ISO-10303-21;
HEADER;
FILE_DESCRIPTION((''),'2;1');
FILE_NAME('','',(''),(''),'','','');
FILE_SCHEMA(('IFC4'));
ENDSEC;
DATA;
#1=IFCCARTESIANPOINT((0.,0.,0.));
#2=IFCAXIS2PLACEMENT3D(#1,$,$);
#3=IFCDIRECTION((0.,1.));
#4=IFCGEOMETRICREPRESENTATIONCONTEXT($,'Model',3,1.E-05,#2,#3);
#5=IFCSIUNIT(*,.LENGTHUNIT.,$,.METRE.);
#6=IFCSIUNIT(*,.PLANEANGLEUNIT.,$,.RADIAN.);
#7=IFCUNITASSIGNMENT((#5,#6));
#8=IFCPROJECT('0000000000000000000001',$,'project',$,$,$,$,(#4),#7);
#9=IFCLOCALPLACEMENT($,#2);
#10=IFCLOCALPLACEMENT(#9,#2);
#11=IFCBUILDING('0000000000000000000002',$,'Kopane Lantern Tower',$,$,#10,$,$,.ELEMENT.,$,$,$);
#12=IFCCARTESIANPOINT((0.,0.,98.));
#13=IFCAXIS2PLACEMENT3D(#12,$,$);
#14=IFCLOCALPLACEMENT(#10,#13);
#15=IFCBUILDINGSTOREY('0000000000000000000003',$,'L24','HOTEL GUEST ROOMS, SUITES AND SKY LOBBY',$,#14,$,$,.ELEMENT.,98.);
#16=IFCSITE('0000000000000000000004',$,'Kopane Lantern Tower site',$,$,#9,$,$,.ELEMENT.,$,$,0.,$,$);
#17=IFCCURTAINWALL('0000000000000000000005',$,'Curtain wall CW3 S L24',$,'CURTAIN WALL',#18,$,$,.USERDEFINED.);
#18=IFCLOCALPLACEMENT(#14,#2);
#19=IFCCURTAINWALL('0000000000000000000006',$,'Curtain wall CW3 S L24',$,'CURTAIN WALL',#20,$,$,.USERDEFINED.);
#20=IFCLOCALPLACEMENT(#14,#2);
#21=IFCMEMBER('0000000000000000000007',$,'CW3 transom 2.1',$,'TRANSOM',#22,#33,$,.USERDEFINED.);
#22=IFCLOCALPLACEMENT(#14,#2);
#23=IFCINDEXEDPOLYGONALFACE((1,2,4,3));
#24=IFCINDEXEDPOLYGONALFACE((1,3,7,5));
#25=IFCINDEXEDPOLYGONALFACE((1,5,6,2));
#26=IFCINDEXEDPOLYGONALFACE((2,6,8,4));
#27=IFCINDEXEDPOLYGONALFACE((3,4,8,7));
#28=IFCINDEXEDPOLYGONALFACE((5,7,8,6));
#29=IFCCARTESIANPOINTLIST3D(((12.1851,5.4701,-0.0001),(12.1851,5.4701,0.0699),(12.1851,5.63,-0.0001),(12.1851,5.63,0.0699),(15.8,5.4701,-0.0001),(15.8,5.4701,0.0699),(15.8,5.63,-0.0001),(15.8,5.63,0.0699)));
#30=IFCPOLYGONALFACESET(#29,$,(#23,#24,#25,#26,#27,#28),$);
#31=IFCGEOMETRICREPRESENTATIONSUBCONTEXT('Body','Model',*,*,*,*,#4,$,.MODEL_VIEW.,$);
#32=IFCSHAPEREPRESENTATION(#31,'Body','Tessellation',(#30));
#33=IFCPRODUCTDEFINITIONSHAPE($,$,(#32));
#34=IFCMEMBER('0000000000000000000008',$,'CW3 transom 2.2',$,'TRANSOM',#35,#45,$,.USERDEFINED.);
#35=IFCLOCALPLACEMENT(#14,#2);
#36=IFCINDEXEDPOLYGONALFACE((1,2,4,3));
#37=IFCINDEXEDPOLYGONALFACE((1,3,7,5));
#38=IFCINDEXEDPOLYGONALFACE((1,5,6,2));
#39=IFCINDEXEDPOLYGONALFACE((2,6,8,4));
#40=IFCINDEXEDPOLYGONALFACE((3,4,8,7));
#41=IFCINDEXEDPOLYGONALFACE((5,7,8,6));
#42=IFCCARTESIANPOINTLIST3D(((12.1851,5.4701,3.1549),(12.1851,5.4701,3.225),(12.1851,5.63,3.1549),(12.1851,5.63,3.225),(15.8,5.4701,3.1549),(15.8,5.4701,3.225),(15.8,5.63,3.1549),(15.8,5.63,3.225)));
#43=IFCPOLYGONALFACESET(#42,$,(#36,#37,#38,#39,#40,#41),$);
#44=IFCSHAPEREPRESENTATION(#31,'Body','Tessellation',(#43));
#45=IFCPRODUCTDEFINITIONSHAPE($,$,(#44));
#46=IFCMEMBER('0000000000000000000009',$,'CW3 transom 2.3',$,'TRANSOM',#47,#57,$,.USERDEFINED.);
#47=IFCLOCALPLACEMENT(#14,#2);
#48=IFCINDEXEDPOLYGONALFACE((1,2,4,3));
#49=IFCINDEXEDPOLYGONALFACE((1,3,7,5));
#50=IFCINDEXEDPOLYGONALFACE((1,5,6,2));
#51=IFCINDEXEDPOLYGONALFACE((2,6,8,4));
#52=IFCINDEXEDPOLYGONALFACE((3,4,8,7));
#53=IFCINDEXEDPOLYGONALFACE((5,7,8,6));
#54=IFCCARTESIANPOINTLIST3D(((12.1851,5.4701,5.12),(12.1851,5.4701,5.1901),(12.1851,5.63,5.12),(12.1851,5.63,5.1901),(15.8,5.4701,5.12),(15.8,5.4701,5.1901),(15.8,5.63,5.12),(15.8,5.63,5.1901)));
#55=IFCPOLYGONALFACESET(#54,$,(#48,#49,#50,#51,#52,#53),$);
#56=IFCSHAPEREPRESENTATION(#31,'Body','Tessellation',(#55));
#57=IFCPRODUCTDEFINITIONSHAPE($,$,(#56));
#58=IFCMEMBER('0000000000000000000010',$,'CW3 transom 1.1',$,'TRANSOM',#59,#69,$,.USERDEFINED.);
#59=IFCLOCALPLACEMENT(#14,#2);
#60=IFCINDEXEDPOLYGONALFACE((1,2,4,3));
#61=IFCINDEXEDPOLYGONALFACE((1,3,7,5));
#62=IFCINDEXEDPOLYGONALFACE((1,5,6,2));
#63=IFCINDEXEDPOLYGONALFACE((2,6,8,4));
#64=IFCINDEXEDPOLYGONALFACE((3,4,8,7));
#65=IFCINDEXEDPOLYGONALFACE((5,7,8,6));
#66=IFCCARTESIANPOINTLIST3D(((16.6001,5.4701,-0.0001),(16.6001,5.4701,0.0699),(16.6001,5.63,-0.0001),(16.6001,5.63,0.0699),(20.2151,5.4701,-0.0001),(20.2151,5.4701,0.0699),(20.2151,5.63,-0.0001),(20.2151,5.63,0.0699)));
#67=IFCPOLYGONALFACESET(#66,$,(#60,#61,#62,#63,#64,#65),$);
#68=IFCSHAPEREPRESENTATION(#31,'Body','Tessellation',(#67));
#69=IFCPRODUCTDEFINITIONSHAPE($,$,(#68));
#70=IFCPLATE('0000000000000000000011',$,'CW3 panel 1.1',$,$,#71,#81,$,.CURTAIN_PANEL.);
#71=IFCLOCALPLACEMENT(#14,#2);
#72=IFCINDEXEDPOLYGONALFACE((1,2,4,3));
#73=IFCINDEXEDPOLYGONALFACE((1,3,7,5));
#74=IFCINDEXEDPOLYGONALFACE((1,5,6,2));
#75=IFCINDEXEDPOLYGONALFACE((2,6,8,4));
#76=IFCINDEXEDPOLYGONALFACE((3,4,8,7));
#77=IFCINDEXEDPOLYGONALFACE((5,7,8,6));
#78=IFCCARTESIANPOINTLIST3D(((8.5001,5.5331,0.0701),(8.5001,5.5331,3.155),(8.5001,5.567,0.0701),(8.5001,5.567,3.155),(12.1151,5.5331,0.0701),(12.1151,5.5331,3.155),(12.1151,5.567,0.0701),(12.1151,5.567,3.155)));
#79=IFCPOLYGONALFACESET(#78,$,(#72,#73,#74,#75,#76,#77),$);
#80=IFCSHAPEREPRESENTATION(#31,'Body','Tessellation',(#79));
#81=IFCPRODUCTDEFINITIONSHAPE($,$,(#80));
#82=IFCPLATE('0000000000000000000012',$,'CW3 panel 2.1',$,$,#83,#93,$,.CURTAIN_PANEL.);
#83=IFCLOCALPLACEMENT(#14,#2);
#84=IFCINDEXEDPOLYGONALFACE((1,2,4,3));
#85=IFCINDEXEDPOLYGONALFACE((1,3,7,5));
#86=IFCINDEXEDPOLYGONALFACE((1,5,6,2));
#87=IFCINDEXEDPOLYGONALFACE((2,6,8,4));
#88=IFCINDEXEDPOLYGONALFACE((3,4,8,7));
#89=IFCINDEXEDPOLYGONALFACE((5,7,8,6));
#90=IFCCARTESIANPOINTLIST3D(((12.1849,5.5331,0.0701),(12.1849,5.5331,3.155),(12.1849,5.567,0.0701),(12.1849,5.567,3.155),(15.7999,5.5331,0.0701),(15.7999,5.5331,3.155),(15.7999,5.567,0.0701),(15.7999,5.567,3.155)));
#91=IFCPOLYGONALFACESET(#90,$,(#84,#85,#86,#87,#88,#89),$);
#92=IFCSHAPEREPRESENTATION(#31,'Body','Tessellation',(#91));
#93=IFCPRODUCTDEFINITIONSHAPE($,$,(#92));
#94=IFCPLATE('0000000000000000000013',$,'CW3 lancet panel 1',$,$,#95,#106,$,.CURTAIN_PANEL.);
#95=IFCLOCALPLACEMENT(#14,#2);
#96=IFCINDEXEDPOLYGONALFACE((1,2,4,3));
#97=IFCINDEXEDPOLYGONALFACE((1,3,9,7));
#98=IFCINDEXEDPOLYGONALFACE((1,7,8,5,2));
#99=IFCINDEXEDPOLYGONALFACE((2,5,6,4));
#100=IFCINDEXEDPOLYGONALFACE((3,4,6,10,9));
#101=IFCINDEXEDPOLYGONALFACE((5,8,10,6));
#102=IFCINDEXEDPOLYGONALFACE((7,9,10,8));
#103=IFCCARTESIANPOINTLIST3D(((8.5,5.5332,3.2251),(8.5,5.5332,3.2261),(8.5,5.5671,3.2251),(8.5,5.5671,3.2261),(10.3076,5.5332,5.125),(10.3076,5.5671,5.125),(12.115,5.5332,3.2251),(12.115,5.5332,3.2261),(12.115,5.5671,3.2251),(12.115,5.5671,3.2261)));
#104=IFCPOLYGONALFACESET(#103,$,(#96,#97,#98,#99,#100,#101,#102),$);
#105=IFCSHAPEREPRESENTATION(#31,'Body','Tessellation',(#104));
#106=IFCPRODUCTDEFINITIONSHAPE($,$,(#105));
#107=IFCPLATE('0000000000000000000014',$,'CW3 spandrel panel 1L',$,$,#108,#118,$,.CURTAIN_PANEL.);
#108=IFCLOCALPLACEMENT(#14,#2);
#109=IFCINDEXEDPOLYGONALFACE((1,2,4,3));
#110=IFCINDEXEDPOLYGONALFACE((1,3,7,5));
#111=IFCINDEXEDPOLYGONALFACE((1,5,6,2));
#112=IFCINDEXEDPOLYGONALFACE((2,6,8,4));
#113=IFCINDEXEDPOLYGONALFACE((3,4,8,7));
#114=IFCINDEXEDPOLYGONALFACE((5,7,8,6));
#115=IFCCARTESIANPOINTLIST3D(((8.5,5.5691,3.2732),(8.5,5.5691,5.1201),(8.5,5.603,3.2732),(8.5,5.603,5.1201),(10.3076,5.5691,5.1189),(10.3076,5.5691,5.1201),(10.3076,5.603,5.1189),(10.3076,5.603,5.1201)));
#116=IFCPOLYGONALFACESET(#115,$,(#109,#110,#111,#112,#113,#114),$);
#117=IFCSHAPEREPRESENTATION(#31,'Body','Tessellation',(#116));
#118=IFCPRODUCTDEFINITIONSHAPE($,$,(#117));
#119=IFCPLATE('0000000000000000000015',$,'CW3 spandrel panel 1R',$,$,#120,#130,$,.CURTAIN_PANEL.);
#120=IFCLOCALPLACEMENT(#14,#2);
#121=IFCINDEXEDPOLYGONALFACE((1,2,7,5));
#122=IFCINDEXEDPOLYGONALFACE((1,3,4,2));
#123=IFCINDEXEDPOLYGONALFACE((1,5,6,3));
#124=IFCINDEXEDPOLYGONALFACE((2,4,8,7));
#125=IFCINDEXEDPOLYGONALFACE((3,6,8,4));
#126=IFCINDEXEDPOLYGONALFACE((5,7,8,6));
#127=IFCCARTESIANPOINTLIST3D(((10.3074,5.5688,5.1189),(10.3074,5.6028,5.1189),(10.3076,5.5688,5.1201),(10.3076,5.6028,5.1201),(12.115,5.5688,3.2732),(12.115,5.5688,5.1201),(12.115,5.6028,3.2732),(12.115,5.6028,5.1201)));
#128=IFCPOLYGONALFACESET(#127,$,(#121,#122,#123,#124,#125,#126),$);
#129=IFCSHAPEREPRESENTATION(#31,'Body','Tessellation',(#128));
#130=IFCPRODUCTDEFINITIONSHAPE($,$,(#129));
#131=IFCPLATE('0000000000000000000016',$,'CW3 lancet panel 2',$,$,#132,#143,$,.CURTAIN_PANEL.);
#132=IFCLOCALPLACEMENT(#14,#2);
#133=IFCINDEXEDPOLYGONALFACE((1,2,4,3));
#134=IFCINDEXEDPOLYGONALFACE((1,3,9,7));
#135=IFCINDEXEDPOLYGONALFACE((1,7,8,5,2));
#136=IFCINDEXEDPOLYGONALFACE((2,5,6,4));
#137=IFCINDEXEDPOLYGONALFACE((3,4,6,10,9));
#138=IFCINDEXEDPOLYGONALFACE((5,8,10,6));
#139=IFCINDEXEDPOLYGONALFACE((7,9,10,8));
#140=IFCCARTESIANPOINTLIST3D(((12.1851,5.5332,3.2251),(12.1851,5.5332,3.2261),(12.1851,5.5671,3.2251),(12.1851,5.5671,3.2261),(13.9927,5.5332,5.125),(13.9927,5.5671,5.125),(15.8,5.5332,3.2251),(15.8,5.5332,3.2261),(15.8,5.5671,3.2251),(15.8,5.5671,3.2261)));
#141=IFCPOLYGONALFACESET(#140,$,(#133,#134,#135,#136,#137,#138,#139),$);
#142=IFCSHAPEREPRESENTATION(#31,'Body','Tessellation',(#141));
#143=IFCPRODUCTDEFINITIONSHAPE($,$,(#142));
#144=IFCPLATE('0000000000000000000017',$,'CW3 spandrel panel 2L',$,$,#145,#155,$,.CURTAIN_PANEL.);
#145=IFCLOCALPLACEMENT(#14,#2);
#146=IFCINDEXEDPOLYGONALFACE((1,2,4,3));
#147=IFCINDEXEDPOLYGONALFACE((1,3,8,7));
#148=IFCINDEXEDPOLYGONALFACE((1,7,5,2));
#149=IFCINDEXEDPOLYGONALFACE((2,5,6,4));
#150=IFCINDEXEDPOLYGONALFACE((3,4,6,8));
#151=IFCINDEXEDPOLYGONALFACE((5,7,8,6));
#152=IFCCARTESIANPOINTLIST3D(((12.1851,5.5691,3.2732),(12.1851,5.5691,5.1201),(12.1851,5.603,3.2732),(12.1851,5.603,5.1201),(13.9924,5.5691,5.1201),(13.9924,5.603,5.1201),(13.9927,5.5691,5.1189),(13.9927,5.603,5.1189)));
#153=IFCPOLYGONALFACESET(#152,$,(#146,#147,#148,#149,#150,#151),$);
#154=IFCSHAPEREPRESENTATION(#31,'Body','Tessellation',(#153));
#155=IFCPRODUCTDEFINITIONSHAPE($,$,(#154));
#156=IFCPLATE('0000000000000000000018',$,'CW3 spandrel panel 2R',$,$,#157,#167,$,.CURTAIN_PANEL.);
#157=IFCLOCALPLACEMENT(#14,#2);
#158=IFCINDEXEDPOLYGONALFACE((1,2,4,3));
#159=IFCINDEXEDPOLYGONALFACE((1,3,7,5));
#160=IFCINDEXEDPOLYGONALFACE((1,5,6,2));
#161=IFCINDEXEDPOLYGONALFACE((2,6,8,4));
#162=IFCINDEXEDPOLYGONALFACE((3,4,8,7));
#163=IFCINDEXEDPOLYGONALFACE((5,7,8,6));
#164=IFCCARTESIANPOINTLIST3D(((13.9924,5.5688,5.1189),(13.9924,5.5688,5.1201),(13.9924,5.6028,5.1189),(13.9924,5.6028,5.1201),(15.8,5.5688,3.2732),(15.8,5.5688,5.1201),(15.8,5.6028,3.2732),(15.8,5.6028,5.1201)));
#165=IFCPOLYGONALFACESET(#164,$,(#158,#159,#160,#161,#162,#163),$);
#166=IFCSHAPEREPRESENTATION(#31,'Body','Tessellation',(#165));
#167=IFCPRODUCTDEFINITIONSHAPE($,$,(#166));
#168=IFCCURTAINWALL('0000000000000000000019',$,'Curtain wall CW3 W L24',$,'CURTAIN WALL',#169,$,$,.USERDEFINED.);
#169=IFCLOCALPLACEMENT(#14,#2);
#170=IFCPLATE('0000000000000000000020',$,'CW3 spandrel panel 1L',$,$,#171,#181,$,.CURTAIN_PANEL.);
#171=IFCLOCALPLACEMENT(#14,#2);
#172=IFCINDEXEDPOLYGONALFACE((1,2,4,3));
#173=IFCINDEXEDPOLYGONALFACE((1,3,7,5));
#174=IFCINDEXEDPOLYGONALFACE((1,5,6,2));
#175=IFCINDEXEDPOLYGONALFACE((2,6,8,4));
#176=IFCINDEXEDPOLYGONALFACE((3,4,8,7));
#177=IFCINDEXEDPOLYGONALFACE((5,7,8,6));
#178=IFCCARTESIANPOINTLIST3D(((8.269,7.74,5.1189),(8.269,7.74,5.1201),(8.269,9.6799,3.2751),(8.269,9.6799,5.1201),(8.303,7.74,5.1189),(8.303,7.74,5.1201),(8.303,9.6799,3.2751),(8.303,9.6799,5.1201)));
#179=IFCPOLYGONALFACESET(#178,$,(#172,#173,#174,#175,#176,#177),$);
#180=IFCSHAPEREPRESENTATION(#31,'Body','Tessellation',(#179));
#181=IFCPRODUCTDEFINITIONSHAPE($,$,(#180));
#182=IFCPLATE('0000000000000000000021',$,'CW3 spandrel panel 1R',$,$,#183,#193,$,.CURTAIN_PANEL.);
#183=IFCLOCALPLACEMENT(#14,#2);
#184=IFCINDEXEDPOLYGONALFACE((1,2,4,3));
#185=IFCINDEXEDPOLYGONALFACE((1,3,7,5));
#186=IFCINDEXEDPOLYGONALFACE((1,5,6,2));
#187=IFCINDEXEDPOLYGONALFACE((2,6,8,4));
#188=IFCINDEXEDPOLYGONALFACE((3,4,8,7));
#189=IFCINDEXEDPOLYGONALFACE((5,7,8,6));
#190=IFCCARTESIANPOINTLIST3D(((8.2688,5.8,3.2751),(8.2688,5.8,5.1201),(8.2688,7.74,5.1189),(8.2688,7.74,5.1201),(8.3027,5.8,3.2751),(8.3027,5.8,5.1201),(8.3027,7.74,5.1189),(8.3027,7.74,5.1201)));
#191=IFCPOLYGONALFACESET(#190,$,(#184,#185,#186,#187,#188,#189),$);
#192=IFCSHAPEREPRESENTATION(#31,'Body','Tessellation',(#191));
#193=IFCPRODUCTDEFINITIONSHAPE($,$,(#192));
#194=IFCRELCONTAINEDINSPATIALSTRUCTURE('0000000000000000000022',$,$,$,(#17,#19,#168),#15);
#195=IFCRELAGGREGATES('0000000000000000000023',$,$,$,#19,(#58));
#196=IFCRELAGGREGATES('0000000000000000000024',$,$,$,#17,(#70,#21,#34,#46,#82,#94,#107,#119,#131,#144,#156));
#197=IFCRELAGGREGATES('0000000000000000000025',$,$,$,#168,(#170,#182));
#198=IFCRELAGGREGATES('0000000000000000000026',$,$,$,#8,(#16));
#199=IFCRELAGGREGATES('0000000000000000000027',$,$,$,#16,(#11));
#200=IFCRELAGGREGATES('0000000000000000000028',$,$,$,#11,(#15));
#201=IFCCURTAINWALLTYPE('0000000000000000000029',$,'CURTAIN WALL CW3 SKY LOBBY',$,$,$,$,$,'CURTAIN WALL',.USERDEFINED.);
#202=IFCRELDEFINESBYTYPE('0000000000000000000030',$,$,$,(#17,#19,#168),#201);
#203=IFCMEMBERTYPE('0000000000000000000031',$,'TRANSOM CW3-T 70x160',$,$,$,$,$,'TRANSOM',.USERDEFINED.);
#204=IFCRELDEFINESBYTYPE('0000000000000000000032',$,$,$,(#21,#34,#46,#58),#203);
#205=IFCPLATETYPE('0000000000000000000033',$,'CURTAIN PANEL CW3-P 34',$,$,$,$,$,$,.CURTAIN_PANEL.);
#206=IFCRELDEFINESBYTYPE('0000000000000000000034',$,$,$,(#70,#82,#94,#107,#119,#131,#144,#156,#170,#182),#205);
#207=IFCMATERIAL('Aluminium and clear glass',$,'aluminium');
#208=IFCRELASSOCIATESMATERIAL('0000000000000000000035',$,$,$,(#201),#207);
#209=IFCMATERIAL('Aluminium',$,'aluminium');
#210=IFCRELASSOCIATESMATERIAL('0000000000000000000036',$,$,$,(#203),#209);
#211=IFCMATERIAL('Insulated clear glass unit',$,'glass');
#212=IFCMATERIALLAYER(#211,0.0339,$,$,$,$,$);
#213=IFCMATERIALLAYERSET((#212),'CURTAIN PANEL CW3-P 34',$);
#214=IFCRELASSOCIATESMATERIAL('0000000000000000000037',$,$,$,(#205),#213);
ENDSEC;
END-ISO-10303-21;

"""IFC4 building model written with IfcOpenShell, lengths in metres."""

from ifc_helpers import new_model, si_unit, direction, frame, origin, origin_2d, place, context, subcontext, project, spatial, polyline, rectangle, outline, extrude, material, layer, layer_set, material_profile, profile_set, type_object, element, aggregate, save


model = new_model("IFC4")

# Units and contexts
model_context = context("Model", 3, precision=1e-05, world=origin(), true_north=direction((0.0, 1.0)))
body_context = subcontext(model_context, "Body", "Model", "MODEL_VIEW")
ifc_project = project(units=[si_unit("LENGTHUNIT", "METRE"), si_unit("PLANEANGLEUNIT", "RADIAN")], contexts=[model_context])

# Site, building, storey
site_placement = place(None, origin())
site = spatial("IfcSite", under=ifc_project, at=site_placement, Name="Kopane Lantern Tower site", CompositionType="ELEMENT", RefElevation=0.0)
building_placement = place(site_placement, origin())
building = spatial("IfcBuilding", under=site, at=building_placement, Name="Kopane Lantern Tower", CompositionType="ELEMENT")
storey_placement = place(building_placement, frame((0.0, 0.0, 98.0)))
storey = spatial("IfcBuildingStorey", under=building, at=storey_placement, Name="L24", Description="HOTEL GUEST ROOMS, SUITES AND SKY LOBBY", CompositionType="ELEMENT", Elevation=98.0)

# Curtain wall
ifc_material_1 = material(Name="Aluminium and clear glass", Category="aluminium")
curtain_wall_type = type_object("IfcCurtainWallType", Name="CURTAIN WALL CW3 SKY LOBBY", ElementType="CURTAIN WALL", PredefinedType="USERDEFINED", material=ifc_material_1)
curtain_wall_1_placement = place(storey_placement, origin())
curtain_wall_1 = element("IfcCurtainWall", 1, at=curtain_wall_1_placement, inside=storey, type_object=curtain_wall_type, Name="Curtain wall CW3 S L24", ObjectType="CURTAIN WALL", PredefinedType="USERDEFINED")

# Curtain wall
curtain_wall_2_placement = place(storey_placement, origin())
curtain_wall_2 = element("IfcCurtainWall", 2, at=curtain_wall_2_placement, inside=storey, type_object=curtain_wall_type, Name="Curtain wall CW3 S L24", ObjectType="CURTAIN WALL", PredefinedType="USERDEFINED")

# Members
ifc_material_2 = material(Name="Aluminium", Category="aluminium")
ifc_material_profile_1 = material_profile(ifc_material_2, rectangle(XDim=0.1599, YDim=0.0701, at=origin_2d()), Name="AL 160x70")
ifc_profile_set_1 = profile_set([ifc_material_profile_1], Name="Aluminium")
member_type_1 = type_object("IfcMemberType", Name="TRANSOM CW3-T 70x160", ElementType="TRANSOM", PredefinedType="USERDEFINED", material=ifc_profile_set_1)
member_1_placement = place(storey_placement, frame((12.1851, 5.55, 0.0349), z_axis=(1.0, 0.0, 0.0), x_axis=(0.0, 1.0, 0.0)))
member_1 = element("IfcMember", 3, at=member_1_placement, type_object=member_type_1, Name="CW3 transom 2.1", ObjectType="TRANSOM", PredefinedType="USERDEFINED", context=body_context, shape_type="SweptSolid", body=[
    extrude(rectangle(XDim=0.1599, YDim=0.0701, at=origin_2d()), origin(), (0.0, 0.0, 1.0), 3.615),
])
member_2_placement = place(storey_placement, frame((12.1851, 5.55, 3.1899), z_axis=(1.0, 0.0, 0.0), x_axis=(0.0, 1.0, 0.0)))
member_2 = element("IfcMember", 4, at=member_2_placement, type_object=member_type_1, Name="CW3 transom 2.2", ObjectType="TRANSOM", PredefinedType="USERDEFINED", context=body_context, shape_type="SweptSolid", body=[
    extrude(rectangle(XDim=0.1599, YDim=0.0701, at=origin_2d()), origin(), (0.0, 0.0, 1.0), 3.615),
])
member_3_placement = place(storey_placement, frame((12.1851, 5.55, 5.155), z_axis=(1.0, 0.0, 0.0), x_axis=(0.0, 1.0, 0.0)))
member_3 = element("IfcMember", 5, at=member_3_placement, type_object=member_type_1, Name="CW3 transom 2.3", ObjectType="TRANSOM", PredefinedType="USERDEFINED", context=body_context, shape_type="SweptSolid", body=[
    extrude(rectangle(XDim=0.1599, YDim=0.0701, at=origin_2d()), origin(), (0.0, 0.0, 1.0), 3.615),
])
member_4_placement = place(storey_placement, frame((16.6001, 5.55, 0.0349), z_axis=(1.0, 0.0, 0.0), x_axis=(0.0, 1.0, 0.0)))
member_4 = element("IfcMember", 6, at=member_4_placement, type_object=member_type_1, Name="CW3 transom 1.1", ObjectType="TRANSOM", PredefinedType="USERDEFINED", context=body_context, shape_type="SweptSolid", body=[
    extrude(rectangle(XDim=0.1599, YDim=0.0701, at=origin_2d()), origin(), (0.0, 0.0, 1.0), 3.615),
])
aggregate(curtain_wall_2, [member_4])

# Plates
ifc_material_3 = material(Name="Insulated clear glass unit", Category="glass")
ifc_layer_1 = layer(ifc_material_3, 0.0339)
ifc_layer_set_1 = layer_set([ifc_layer_1], Name="CURTAIN PANEL CW3-P 34")
plate_type = type_object("IfcPlateType", Name="CURTAIN PANEL CW3-P 34", PredefinedType="CURTAIN_PANEL", material=ifc_layer_set_1)
plate_1_placement = place(storey_placement, frame((10.3076, 5.55, 0.0701), z_axis=(0.0, 0.0, 1.0), x_axis=(1.0, 0.0, 0.0)))
plate_1 = element("IfcPlate", 7, at=plate_1_placement, type_object=plate_type, Name="CW3 panel 1.1", PredefinedType="CURTAIN_PANEL", context=body_context, shape_type="SweptSolid", body=[
    extrude(rectangle(XDim=3.615, YDim=0.0339, at=origin_2d()), origin(), (0.0, 0.0, 1.0), 3.085),
])
plate_2_placement = place(storey_placement, frame((13.9924, 5.55, 0.0701), z_axis=(0.0, 0.0, 1.0), x_axis=(1.0, 0.0, 0.0)))
plate_2 = element("IfcPlate", 8, at=plate_2_placement, type_object=plate_type, Name="CW3 panel 2.1", PredefinedType="CURTAIN_PANEL", context=body_context, shape_type="SweptSolid", body=[
    extrude(rectangle(XDim=3.615, YDim=0.0339, at=origin_2d()), origin(), (0.0, 0.0, 1.0), 3.085),
])
plate_3_placement = place(storey_placement, frame((8.5, 5.55, 3.2251), z_axis=(0.0, 0.0, 1.0), x_axis=(1.0, 0.0, 0.0)))
plate_3 = element("IfcPlate", 9, at=plate_3_placement, type_object=plate_type, Name="CW3 lancet panel 1", PredefinedType="CURTAIN_PANEL", context=body_context, shape_type="SweptSolid", body=[
    extrude(outline(polyline([(0.0, 0.0), (3.615, 0.0), (3.615, 0.001), (1.8076, 1.8999), (0.0, 0.001), (0.0, 0.0)])), frame((0.0, 0.0171, 0.0), z_axis=(0.0, -1.0, 0.0), x_axis=(1.0, 0.0, 0.0)), (0.0, 0.0, 1.0), 0.0339),
])
plate_4_placement = place(storey_placement, frame((8.5, 5.5859, 5.1201), z_axis=(0.0, 0.0, 1.0), x_axis=(1.0, 0.0, 0.0)))
plate_4 = element("IfcPlate", 10, at=plate_4_placement, type_object=plate_type, Name="CW3 spandrel panel 1L", PredefinedType="CURTAIN_PANEL", context=body_context, shape_type="SweptSolid", body=[
    extrude(outline(polyline([(0.0, 0.0), (1.8076, 0.0), (1.8076, -0.0012), (0.0, -1.8469), (0.0, 0.0)])), frame((0.0, 0.0171, 0.0), z_axis=(0.0, -1.0, 0.0), x_axis=(1.0, 0.0, 0.0)), (0.0, 0.0, 1.0), 0.0339),
])
plate_5_placement = place(storey_placement, frame((12.115, 5.5859, 5.1201), z_axis=(0.0, 0.0, 1.0), x_axis=(-1.0, 0.0, 0.0)))
plate_5 = element("IfcPlate", 11, at=plate_5_placement, type_object=plate_type, Name="CW3 spandrel panel 1R", PredefinedType="CURTAIN_PANEL", context=body_context, shape_type="SweptSolid", body=[
    extrude(outline(polyline([(0.0, 0.0), (1.8074, 0.0), (1.8076, -0.0012), (0.0, -1.8469), (0.0, 0.0)])), frame((0.0, 0.0171, 0.0), z_axis=(0.0, -1.0, 0.0), x_axis=(1.0, 0.0, 0.0)), (0.0, 0.0, 1.0), 0.0339),
])
plate_6_placement = place(storey_placement, frame((12.1851, 5.55, 3.2251), z_axis=(0.0, 0.0, 1.0), x_axis=(1.0, 0.0, 0.0)))
plate_6 = element("IfcPlate", 12, at=plate_6_placement, type_object=plate_type, Name="CW3 lancet panel 2", PredefinedType="CURTAIN_PANEL", context=body_context, shape_type="SweptSolid", body=[
    extrude(outline(polyline([(0.0, 0.0), (3.615, 0.0), (3.615, 0.001), (1.8076, 1.8999), (0.0, 0.001), (0.0, 0.0)])), frame((0.0, 0.0171, 0.0), z_axis=(0.0, -1.0, 0.0), x_axis=(1.0, 0.0, 0.0)), (0.0, 0.0, 1.0), 0.0339),
])
plate_7_placement = place(storey_placement, frame((12.1851, 5.5859, 5.1201), z_axis=(0.0, 0.0, 1.0), x_axis=(1.0, 0.0, 0.0)))
plate_7 = element("IfcPlate", 13, at=plate_7_placement, type_object=plate_type, Name="CW3 spandrel panel 2L", PredefinedType="CURTAIN_PANEL", context=body_context, shape_type="SweptSolid", body=[
    extrude(outline(polyline([(0.0, 0.0), (1.8074, 0.0), (1.8076, -0.0012), (0.0, -1.8469), (0.0, 0.0)])), frame((0.0, 0.0171, 0.0), z_axis=(0.0, -1.0, 0.0), x_axis=(1.0, 0.0, 0.0)), (0.0, 0.0, 1.0), 0.0339),
])
plate_8_placement = place(storey_placement, frame((15.8, 5.5859, 5.1201), z_axis=(0.0, 0.0, 1.0), x_axis=(-1.0, 0.0, 0.0)))
plate_8 = element("IfcPlate", 14, at=plate_8_placement, type_object=plate_type, Name="CW3 spandrel panel 2R", PredefinedType="CURTAIN_PANEL", context=body_context, shape_type="SweptSolid", body=[
    extrude(outline(polyline([(0.0, 0.0), (1.8076, 0.0), (1.8076, -0.0012), (0.0, -1.8469), (0.0, 0.0)])), frame((0.0, 0.0171, 0.0), z_axis=(0.0, -1.0, 0.0), x_axis=(1.0, 0.0, 0.0)), (0.0, 0.0, 1.0), 0.0339),
])
aggregate(curtain_wall_1, [plate_1, member_1, member_2, member_3, plate_2, plate_3, plate_4, plate_5, plate_6, plate_7, plate_8])

# Curtain wall, plates
curtain_wall_3_placement = place(storey_placement, origin())
curtain_wall_3 = element("IfcCurtainWall", 15, at=curtain_wall_3_placement, inside=storey, type_object=curtain_wall_type, Name="Curtain wall CW3 W L24", ObjectType="CURTAIN WALL", PredefinedType="USERDEFINED")
plate_9_placement = place(storey_placement, frame((8.2859, 9.6799, 5.1201), z_axis=(0.0, 0.0, 1.0), x_axis=(0.0, -1.0, 0.0)))
plate_9 = element("IfcPlate", 16, at=plate_9_placement, type_object=plate_type, Name="CW3 spandrel panel 1L", PredefinedType="CURTAIN_PANEL", context=body_context, shape_type="SweptSolid", body=[
    extrude(outline(polyline([(0.0, 0.0), (1.9399, 0.0), (1.9399, -0.0012), (0.0, -1.845), (0.0, 0.0)])), frame((0.0, 0.0171, 0.0), z_axis=(0.0, -1.0, 0.0), x_axis=(1.0, 0.0, 0.0)), (0.0, 0.0, 1.0), 0.0339),
])
plate_10_placement = place(storey_placement, frame((8.2859, 5.8, 5.1201), z_axis=(0.0, 0.0, 1.0), x_axis=(0.0, 1.0, 0.0)))
plate_10 = element("IfcPlate", 17, at=plate_10_placement, type_object=plate_type, Name="CW3 spandrel panel 1R", PredefinedType="CURTAIN_PANEL", context=body_context, shape_type="SweptSolid", body=[
    extrude(outline(polyline([(0.0, 0.0), (1.9399, 0.0), (1.9399, -0.0012), (0.0, -1.845), (0.0, 0.0)])), frame((0.0, 0.0171, 0.0), z_axis=(0.0, -1.0, 0.0), x_axis=(1.0, 0.0, 0.0)), (0.0, 0.0, 1.0), 0.0339),
])
aggregate(curtain_wall_3, [plate_9, plate_10])

save(model, "model.ifc")
